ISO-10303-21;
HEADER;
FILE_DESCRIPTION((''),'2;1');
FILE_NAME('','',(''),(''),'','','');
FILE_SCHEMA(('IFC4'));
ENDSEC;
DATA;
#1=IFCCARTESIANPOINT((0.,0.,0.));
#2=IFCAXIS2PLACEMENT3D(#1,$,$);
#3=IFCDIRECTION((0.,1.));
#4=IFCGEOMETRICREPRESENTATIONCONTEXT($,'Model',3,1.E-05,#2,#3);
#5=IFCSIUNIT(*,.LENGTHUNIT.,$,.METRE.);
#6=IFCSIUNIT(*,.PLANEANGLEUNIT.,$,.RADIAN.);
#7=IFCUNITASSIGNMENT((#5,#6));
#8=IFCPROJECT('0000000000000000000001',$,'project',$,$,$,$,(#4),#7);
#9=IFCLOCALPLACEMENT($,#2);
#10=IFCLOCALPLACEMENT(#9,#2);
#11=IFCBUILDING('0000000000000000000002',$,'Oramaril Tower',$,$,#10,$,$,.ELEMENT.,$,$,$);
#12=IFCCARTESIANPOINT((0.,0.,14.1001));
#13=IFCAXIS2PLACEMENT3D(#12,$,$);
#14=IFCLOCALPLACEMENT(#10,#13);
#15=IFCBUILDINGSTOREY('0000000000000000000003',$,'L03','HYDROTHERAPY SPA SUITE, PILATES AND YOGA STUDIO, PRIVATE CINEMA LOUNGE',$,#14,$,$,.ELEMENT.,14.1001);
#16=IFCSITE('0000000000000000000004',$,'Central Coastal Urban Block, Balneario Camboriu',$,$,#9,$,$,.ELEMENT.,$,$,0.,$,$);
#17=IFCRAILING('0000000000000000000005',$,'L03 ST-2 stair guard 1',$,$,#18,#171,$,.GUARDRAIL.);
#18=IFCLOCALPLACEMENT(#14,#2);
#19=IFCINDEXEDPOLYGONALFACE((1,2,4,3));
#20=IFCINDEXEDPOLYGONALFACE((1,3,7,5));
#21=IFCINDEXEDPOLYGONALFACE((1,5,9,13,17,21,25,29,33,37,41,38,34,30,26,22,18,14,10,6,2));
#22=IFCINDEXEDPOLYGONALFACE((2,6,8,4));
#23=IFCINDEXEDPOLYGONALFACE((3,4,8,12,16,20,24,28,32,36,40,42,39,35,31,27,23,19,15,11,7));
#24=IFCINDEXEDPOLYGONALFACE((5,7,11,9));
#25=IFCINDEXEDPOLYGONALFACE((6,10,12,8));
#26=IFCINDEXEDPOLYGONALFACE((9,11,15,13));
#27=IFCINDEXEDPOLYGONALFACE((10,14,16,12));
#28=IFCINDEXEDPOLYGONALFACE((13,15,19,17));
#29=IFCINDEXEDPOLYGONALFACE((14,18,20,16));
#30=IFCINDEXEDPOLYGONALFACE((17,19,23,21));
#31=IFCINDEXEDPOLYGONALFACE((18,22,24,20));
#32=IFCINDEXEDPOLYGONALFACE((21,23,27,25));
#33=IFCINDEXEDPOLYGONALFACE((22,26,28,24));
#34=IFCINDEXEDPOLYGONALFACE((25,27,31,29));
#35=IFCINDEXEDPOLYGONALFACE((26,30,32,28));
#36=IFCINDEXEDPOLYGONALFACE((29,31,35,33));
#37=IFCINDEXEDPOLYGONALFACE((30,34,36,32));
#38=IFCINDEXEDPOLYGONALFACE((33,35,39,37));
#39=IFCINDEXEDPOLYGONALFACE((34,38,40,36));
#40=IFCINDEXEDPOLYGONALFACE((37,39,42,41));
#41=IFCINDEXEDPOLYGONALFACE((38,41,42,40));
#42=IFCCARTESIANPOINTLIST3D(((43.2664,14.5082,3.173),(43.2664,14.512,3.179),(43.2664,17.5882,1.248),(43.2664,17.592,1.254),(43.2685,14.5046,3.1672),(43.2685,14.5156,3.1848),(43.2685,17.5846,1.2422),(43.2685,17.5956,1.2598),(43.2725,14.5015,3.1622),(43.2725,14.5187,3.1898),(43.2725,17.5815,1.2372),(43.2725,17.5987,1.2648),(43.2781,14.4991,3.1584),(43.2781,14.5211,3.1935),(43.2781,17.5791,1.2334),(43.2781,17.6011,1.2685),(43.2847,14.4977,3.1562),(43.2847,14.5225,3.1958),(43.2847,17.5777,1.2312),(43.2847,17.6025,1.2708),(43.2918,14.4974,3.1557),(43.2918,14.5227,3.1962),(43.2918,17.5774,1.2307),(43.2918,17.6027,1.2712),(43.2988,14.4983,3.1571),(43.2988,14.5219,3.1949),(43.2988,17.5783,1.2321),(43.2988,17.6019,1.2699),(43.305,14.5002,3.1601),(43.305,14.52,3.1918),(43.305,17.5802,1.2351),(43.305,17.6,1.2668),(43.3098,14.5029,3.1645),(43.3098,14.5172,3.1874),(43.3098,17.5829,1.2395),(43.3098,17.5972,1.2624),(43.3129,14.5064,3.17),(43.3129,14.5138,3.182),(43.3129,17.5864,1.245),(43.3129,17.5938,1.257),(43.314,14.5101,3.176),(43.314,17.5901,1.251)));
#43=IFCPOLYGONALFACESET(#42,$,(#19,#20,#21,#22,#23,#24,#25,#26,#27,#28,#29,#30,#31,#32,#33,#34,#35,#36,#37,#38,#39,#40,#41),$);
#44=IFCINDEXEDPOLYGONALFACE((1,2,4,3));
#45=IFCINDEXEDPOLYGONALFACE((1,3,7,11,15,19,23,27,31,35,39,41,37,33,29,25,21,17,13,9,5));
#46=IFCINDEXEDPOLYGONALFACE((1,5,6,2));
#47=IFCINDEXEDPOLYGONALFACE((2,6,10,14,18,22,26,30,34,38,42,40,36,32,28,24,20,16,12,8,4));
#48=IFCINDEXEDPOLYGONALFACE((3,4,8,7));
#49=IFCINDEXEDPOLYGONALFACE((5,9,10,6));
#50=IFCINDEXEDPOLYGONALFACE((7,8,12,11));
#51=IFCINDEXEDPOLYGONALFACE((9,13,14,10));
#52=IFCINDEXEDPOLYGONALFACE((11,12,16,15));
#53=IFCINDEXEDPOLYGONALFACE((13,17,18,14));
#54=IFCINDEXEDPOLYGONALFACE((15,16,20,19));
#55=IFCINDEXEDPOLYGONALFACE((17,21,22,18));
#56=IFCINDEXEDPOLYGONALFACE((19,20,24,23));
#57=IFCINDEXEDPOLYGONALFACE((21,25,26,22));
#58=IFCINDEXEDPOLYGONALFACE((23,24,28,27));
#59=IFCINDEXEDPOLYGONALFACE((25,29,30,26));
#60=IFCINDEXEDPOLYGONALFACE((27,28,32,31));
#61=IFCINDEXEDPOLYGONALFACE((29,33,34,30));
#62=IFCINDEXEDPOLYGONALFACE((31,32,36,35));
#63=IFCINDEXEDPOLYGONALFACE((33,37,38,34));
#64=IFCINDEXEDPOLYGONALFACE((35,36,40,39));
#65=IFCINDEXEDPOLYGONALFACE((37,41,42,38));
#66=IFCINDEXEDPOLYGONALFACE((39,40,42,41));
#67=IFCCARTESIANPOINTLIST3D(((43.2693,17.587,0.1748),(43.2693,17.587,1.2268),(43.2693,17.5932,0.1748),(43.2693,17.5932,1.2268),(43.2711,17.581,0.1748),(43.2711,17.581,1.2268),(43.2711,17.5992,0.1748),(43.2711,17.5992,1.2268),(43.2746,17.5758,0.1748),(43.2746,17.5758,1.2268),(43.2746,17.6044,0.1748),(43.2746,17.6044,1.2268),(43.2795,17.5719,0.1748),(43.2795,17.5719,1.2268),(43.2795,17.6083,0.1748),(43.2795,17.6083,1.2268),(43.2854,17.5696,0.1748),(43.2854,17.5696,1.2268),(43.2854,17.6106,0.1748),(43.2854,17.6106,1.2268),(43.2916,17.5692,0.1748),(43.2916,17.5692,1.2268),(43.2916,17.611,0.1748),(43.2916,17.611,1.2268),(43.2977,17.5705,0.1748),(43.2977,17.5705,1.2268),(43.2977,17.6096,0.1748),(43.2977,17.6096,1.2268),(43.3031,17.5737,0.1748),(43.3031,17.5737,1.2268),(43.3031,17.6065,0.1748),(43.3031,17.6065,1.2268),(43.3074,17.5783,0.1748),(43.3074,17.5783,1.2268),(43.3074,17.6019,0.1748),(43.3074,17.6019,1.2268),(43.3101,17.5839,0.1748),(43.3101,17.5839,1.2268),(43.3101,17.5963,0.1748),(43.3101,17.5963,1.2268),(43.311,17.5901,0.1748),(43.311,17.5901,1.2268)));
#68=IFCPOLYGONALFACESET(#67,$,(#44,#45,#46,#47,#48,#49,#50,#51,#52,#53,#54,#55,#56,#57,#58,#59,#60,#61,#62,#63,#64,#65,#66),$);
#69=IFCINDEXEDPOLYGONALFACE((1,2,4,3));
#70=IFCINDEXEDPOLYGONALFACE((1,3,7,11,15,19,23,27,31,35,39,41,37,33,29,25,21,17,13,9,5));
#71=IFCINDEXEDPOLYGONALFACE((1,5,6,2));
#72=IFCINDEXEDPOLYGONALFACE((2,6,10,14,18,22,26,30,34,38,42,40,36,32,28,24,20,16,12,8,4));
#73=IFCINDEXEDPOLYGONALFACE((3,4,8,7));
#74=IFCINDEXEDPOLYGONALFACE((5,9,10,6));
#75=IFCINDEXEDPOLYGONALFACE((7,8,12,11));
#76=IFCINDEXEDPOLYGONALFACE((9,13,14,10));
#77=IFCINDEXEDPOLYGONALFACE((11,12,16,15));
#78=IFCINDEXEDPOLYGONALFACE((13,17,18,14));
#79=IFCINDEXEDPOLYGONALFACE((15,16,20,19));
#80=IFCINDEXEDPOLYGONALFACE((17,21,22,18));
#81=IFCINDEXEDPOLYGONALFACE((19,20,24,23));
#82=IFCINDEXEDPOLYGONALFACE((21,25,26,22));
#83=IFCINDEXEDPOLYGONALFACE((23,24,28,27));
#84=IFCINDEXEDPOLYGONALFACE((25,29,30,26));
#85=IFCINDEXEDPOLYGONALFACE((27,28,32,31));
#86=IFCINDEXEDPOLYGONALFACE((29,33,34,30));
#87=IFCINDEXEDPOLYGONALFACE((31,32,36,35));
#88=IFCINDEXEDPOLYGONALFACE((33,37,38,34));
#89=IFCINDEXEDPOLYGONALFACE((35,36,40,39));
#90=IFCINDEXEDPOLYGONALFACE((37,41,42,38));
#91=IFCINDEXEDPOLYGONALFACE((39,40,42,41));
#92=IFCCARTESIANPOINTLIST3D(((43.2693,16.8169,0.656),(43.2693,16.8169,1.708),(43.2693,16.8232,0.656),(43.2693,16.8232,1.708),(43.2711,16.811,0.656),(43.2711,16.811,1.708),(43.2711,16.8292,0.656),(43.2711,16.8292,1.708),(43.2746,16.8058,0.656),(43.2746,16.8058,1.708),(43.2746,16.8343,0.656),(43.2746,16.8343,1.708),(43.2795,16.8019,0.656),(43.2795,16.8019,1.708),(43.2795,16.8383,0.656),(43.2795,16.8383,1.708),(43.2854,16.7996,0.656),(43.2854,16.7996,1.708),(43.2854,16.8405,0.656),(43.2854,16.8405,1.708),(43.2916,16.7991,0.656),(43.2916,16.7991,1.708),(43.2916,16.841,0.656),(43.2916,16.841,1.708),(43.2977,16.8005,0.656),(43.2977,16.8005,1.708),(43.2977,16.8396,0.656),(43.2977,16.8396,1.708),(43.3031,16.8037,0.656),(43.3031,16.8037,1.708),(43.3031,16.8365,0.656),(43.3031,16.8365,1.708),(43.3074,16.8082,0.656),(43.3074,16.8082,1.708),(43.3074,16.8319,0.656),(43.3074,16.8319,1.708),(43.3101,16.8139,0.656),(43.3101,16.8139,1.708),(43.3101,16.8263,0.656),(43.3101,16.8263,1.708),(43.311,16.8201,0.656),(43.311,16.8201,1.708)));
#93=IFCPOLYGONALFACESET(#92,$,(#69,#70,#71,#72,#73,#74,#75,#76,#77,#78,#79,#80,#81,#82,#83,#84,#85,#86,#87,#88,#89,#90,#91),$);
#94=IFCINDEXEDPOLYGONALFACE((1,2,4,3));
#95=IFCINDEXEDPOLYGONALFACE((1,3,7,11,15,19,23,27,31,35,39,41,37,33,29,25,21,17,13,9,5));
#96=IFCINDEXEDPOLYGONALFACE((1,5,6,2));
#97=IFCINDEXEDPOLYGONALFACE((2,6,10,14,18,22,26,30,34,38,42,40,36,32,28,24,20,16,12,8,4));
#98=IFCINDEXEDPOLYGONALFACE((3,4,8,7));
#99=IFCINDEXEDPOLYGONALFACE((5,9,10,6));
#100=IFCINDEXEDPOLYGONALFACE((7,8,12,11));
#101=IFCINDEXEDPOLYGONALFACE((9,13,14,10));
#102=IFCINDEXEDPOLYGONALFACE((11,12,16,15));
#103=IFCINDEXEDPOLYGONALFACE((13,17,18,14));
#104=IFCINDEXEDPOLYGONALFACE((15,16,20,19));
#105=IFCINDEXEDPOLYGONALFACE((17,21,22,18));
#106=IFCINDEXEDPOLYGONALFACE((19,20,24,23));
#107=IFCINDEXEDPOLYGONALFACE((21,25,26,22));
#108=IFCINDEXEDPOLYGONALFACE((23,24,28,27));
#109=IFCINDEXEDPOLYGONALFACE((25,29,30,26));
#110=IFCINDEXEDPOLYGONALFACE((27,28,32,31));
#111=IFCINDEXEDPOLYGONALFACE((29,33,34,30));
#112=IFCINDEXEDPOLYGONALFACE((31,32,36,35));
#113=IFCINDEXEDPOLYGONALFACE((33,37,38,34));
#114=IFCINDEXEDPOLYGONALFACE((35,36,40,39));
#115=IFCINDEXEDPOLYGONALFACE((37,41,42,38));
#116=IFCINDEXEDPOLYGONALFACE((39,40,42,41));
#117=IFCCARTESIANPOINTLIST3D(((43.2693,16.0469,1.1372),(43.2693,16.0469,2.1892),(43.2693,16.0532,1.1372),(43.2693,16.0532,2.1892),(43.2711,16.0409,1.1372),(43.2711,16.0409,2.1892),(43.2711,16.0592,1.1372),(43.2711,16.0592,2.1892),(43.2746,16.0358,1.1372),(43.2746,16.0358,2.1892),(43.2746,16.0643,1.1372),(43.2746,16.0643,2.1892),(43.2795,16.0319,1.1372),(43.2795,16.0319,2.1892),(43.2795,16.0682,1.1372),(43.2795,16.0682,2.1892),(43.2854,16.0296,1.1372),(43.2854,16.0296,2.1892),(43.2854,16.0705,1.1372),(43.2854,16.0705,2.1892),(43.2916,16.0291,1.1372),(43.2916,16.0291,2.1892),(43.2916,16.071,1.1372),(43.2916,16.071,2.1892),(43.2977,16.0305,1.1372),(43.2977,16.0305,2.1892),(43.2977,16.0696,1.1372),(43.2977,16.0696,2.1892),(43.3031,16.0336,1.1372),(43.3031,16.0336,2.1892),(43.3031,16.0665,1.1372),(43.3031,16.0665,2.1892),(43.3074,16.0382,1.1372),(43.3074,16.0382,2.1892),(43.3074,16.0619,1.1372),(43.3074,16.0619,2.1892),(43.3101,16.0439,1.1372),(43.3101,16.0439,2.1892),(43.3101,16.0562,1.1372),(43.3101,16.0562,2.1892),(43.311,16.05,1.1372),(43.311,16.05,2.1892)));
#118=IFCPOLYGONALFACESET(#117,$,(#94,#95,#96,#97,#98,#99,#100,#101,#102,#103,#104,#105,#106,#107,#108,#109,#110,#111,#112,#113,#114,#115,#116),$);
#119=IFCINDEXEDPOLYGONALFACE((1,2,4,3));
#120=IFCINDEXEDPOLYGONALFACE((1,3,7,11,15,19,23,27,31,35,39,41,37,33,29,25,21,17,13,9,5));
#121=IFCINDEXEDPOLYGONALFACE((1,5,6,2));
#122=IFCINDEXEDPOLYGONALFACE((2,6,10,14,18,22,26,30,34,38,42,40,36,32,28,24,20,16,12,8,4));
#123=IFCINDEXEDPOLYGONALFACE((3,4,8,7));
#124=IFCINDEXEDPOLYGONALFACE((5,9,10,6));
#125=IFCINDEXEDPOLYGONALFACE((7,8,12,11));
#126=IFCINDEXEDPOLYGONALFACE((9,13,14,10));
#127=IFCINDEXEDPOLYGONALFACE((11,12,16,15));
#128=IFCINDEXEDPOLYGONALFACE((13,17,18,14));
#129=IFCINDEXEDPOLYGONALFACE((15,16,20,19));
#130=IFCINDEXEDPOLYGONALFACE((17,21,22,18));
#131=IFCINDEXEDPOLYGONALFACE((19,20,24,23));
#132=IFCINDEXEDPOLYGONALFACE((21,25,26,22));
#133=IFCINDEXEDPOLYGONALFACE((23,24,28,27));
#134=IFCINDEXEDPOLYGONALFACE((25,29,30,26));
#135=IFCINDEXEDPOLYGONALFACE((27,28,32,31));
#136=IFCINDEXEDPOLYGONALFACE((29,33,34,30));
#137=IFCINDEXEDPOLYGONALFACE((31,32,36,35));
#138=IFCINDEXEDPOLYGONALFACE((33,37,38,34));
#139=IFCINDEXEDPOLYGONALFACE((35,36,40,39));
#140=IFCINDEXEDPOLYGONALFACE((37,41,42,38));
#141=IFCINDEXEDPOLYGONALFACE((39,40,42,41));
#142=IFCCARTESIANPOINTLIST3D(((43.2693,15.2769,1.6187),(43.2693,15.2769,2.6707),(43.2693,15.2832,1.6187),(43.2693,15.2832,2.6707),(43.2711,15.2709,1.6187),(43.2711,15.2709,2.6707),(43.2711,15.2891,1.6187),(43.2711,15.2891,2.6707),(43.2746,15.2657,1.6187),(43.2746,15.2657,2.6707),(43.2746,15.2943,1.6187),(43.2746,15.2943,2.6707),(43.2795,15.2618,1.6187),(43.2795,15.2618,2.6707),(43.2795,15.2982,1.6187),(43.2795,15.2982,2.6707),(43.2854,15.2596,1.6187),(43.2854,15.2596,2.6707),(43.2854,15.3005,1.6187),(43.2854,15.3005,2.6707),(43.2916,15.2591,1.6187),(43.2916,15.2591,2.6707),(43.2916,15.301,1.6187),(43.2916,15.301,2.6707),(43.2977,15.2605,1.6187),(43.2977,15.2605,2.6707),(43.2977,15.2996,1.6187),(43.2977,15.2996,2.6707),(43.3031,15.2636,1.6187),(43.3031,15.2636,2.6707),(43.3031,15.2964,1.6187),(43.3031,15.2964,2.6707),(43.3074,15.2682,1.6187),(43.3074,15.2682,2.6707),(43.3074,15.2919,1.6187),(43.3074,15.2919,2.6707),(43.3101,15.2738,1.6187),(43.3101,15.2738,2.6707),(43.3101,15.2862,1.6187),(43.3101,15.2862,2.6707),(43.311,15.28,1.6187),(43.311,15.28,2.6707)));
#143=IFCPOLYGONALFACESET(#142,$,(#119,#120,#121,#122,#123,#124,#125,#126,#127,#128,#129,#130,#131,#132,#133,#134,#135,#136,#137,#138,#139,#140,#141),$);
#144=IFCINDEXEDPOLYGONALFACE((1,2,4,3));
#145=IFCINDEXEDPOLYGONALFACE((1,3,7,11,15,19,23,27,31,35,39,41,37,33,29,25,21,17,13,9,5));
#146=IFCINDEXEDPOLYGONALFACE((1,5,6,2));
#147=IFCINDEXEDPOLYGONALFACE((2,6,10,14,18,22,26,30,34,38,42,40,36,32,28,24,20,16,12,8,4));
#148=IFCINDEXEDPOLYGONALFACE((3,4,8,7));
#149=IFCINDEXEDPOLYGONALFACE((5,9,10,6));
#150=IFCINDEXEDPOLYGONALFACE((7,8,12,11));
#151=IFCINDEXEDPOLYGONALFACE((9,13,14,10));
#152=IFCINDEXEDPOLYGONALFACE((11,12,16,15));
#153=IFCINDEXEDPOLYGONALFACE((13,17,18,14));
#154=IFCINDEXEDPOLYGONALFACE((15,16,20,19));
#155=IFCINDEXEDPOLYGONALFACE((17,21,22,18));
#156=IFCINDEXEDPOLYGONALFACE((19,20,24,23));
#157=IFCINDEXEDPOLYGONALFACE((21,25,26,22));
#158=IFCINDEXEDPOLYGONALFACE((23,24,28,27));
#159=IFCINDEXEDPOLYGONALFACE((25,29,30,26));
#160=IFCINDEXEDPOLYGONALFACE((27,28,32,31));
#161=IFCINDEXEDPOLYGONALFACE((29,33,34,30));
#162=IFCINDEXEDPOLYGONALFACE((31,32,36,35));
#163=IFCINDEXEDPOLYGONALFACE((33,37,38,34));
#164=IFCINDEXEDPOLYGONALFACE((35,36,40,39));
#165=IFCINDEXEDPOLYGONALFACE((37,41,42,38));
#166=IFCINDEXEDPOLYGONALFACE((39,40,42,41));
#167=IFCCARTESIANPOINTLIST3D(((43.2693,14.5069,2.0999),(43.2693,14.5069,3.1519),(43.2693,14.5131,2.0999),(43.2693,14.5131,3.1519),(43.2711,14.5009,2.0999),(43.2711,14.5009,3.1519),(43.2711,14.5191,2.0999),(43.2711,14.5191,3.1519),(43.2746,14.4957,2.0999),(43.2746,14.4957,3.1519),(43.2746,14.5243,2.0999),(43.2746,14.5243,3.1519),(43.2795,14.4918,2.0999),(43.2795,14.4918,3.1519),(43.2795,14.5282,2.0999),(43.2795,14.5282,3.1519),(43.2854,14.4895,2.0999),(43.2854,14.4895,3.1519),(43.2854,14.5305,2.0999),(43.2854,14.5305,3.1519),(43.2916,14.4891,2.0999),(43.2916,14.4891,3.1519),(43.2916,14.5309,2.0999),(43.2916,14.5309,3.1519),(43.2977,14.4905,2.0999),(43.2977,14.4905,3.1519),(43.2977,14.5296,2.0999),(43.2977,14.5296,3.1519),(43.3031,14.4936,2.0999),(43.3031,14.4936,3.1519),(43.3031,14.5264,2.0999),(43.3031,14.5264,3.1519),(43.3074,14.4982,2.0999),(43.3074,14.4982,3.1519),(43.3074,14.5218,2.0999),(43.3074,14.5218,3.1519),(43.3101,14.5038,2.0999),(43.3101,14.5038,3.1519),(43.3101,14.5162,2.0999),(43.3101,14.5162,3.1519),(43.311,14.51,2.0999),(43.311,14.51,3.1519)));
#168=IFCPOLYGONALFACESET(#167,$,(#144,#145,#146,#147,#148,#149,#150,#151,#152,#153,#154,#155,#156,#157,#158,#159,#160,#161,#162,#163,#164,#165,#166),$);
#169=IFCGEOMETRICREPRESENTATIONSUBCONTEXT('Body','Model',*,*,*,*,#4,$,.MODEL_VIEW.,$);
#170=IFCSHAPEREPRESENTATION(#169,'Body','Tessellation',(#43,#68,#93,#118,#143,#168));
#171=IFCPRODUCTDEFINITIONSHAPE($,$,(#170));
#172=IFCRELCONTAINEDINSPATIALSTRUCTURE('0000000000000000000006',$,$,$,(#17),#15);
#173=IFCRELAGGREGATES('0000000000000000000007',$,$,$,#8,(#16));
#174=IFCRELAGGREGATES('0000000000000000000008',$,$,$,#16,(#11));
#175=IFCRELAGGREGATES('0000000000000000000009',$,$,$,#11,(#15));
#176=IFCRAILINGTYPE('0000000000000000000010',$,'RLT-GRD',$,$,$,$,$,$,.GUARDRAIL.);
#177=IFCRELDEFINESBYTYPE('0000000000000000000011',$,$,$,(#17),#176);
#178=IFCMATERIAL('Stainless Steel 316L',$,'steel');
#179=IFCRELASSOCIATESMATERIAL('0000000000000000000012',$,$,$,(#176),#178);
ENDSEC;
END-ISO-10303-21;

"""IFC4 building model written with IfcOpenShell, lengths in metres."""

from ifc_helpers import new_model, si_unit, direction, frame, origin, origin_2d, place, context, subcontext, project, spatial, circle, extrude, material, type_object, element, save


model = new_model("IFC4")

# Units and contexts
model_context = context("Model", 3, precision=1e-05, world=origin(), true_north=direction((0.0, 1.0)))
body_context = subcontext(model_context, "Body", "Model", "MODEL_VIEW")
ifc_project = project(units=[si_unit("LENGTHUNIT", "METRE"), si_unit("PLANEANGLEUNIT", "RADIAN")], contexts=[model_context])

# Site, building, storey
site_placement = place(None, origin())
site = spatial("IfcSite", under=ifc_project, at=site_placement, Name="Central Coastal Urban Block, Balneario Camboriu", CompositionType="ELEMENT", RefElevation=0.0)
building_placement = place(site_placement, origin())
building = spatial("IfcBuilding", under=site, at=building_placement, Name="Oramaril Tower", CompositionType="ELEMENT")
storey_placement = place(building_placement, frame((0.0, 0.0, 14.1001)))
storey = spatial("IfcBuildingStorey", under=building, at=storey_placement, Name="L03", Description="HYDROTHERAPY SPA SUITE, PILATES AND YOGA STUDIO, PRIVATE CINEMA LOUNGE", CompositionType="ELEMENT", Elevation=14.1001)

# Railing
ifc_material_1 = material(Name="Stainless Steel 316L", Category="steel")
railing_type_1 = type_object("IfcRailingType", Name="RLT-GRD", PredefinedType="GUARDRAIL", material=ifc_material_1)
railing_1_placement = place(storey_placement, frame((43.29, 17.5901, 0.1748)))
element("IfcRailing", 1, at=railing_1_placement, inside=storey, type_object=railing_type_1, Name="L03 ST-2 stair guard 1", PredefinedType="GUARDRAIL", context=body_context, shape_type="SweptSolid", body=[
    extrude(circle(Radius=0.0239, at=origin_2d()), frame((0.0, 0.0, 1.0762), z_axis=(0.0, -0.847998, 0.529999), x_axis=(1.0, 0.0, 0.0)), (0.0, 0.0, 1.0), 3.6321),
    extrude(circle(Radius=0.021, at=origin_2d()), origin(), (0.0, 0.0, 1.0), 1.052),
    extrude(circle(Radius=0.021, at=origin_2d()), frame((0.0, -0.77, 0.4812)), (0.0, 0.0, 1.0), 1.052),
    extrude(circle(Radius=0.021, at=origin_2d()), frame((0.0, -1.54, 0.9624)), (0.0, 0.0, 1.0), 1.052),
    extrude(circle(Radius=0.021, at=origin_2d()), frame((0.0, -2.3101, 1.4438)), (0.0, 0.0, 1.0), 1.052),
    extrude(circle(Radius=0.021, at=origin_2d()), frame((0.0, -3.0801, 1.925)), (0.0, 0.0, 1.0), 1.052),
])

save(model, "model.ifc")
